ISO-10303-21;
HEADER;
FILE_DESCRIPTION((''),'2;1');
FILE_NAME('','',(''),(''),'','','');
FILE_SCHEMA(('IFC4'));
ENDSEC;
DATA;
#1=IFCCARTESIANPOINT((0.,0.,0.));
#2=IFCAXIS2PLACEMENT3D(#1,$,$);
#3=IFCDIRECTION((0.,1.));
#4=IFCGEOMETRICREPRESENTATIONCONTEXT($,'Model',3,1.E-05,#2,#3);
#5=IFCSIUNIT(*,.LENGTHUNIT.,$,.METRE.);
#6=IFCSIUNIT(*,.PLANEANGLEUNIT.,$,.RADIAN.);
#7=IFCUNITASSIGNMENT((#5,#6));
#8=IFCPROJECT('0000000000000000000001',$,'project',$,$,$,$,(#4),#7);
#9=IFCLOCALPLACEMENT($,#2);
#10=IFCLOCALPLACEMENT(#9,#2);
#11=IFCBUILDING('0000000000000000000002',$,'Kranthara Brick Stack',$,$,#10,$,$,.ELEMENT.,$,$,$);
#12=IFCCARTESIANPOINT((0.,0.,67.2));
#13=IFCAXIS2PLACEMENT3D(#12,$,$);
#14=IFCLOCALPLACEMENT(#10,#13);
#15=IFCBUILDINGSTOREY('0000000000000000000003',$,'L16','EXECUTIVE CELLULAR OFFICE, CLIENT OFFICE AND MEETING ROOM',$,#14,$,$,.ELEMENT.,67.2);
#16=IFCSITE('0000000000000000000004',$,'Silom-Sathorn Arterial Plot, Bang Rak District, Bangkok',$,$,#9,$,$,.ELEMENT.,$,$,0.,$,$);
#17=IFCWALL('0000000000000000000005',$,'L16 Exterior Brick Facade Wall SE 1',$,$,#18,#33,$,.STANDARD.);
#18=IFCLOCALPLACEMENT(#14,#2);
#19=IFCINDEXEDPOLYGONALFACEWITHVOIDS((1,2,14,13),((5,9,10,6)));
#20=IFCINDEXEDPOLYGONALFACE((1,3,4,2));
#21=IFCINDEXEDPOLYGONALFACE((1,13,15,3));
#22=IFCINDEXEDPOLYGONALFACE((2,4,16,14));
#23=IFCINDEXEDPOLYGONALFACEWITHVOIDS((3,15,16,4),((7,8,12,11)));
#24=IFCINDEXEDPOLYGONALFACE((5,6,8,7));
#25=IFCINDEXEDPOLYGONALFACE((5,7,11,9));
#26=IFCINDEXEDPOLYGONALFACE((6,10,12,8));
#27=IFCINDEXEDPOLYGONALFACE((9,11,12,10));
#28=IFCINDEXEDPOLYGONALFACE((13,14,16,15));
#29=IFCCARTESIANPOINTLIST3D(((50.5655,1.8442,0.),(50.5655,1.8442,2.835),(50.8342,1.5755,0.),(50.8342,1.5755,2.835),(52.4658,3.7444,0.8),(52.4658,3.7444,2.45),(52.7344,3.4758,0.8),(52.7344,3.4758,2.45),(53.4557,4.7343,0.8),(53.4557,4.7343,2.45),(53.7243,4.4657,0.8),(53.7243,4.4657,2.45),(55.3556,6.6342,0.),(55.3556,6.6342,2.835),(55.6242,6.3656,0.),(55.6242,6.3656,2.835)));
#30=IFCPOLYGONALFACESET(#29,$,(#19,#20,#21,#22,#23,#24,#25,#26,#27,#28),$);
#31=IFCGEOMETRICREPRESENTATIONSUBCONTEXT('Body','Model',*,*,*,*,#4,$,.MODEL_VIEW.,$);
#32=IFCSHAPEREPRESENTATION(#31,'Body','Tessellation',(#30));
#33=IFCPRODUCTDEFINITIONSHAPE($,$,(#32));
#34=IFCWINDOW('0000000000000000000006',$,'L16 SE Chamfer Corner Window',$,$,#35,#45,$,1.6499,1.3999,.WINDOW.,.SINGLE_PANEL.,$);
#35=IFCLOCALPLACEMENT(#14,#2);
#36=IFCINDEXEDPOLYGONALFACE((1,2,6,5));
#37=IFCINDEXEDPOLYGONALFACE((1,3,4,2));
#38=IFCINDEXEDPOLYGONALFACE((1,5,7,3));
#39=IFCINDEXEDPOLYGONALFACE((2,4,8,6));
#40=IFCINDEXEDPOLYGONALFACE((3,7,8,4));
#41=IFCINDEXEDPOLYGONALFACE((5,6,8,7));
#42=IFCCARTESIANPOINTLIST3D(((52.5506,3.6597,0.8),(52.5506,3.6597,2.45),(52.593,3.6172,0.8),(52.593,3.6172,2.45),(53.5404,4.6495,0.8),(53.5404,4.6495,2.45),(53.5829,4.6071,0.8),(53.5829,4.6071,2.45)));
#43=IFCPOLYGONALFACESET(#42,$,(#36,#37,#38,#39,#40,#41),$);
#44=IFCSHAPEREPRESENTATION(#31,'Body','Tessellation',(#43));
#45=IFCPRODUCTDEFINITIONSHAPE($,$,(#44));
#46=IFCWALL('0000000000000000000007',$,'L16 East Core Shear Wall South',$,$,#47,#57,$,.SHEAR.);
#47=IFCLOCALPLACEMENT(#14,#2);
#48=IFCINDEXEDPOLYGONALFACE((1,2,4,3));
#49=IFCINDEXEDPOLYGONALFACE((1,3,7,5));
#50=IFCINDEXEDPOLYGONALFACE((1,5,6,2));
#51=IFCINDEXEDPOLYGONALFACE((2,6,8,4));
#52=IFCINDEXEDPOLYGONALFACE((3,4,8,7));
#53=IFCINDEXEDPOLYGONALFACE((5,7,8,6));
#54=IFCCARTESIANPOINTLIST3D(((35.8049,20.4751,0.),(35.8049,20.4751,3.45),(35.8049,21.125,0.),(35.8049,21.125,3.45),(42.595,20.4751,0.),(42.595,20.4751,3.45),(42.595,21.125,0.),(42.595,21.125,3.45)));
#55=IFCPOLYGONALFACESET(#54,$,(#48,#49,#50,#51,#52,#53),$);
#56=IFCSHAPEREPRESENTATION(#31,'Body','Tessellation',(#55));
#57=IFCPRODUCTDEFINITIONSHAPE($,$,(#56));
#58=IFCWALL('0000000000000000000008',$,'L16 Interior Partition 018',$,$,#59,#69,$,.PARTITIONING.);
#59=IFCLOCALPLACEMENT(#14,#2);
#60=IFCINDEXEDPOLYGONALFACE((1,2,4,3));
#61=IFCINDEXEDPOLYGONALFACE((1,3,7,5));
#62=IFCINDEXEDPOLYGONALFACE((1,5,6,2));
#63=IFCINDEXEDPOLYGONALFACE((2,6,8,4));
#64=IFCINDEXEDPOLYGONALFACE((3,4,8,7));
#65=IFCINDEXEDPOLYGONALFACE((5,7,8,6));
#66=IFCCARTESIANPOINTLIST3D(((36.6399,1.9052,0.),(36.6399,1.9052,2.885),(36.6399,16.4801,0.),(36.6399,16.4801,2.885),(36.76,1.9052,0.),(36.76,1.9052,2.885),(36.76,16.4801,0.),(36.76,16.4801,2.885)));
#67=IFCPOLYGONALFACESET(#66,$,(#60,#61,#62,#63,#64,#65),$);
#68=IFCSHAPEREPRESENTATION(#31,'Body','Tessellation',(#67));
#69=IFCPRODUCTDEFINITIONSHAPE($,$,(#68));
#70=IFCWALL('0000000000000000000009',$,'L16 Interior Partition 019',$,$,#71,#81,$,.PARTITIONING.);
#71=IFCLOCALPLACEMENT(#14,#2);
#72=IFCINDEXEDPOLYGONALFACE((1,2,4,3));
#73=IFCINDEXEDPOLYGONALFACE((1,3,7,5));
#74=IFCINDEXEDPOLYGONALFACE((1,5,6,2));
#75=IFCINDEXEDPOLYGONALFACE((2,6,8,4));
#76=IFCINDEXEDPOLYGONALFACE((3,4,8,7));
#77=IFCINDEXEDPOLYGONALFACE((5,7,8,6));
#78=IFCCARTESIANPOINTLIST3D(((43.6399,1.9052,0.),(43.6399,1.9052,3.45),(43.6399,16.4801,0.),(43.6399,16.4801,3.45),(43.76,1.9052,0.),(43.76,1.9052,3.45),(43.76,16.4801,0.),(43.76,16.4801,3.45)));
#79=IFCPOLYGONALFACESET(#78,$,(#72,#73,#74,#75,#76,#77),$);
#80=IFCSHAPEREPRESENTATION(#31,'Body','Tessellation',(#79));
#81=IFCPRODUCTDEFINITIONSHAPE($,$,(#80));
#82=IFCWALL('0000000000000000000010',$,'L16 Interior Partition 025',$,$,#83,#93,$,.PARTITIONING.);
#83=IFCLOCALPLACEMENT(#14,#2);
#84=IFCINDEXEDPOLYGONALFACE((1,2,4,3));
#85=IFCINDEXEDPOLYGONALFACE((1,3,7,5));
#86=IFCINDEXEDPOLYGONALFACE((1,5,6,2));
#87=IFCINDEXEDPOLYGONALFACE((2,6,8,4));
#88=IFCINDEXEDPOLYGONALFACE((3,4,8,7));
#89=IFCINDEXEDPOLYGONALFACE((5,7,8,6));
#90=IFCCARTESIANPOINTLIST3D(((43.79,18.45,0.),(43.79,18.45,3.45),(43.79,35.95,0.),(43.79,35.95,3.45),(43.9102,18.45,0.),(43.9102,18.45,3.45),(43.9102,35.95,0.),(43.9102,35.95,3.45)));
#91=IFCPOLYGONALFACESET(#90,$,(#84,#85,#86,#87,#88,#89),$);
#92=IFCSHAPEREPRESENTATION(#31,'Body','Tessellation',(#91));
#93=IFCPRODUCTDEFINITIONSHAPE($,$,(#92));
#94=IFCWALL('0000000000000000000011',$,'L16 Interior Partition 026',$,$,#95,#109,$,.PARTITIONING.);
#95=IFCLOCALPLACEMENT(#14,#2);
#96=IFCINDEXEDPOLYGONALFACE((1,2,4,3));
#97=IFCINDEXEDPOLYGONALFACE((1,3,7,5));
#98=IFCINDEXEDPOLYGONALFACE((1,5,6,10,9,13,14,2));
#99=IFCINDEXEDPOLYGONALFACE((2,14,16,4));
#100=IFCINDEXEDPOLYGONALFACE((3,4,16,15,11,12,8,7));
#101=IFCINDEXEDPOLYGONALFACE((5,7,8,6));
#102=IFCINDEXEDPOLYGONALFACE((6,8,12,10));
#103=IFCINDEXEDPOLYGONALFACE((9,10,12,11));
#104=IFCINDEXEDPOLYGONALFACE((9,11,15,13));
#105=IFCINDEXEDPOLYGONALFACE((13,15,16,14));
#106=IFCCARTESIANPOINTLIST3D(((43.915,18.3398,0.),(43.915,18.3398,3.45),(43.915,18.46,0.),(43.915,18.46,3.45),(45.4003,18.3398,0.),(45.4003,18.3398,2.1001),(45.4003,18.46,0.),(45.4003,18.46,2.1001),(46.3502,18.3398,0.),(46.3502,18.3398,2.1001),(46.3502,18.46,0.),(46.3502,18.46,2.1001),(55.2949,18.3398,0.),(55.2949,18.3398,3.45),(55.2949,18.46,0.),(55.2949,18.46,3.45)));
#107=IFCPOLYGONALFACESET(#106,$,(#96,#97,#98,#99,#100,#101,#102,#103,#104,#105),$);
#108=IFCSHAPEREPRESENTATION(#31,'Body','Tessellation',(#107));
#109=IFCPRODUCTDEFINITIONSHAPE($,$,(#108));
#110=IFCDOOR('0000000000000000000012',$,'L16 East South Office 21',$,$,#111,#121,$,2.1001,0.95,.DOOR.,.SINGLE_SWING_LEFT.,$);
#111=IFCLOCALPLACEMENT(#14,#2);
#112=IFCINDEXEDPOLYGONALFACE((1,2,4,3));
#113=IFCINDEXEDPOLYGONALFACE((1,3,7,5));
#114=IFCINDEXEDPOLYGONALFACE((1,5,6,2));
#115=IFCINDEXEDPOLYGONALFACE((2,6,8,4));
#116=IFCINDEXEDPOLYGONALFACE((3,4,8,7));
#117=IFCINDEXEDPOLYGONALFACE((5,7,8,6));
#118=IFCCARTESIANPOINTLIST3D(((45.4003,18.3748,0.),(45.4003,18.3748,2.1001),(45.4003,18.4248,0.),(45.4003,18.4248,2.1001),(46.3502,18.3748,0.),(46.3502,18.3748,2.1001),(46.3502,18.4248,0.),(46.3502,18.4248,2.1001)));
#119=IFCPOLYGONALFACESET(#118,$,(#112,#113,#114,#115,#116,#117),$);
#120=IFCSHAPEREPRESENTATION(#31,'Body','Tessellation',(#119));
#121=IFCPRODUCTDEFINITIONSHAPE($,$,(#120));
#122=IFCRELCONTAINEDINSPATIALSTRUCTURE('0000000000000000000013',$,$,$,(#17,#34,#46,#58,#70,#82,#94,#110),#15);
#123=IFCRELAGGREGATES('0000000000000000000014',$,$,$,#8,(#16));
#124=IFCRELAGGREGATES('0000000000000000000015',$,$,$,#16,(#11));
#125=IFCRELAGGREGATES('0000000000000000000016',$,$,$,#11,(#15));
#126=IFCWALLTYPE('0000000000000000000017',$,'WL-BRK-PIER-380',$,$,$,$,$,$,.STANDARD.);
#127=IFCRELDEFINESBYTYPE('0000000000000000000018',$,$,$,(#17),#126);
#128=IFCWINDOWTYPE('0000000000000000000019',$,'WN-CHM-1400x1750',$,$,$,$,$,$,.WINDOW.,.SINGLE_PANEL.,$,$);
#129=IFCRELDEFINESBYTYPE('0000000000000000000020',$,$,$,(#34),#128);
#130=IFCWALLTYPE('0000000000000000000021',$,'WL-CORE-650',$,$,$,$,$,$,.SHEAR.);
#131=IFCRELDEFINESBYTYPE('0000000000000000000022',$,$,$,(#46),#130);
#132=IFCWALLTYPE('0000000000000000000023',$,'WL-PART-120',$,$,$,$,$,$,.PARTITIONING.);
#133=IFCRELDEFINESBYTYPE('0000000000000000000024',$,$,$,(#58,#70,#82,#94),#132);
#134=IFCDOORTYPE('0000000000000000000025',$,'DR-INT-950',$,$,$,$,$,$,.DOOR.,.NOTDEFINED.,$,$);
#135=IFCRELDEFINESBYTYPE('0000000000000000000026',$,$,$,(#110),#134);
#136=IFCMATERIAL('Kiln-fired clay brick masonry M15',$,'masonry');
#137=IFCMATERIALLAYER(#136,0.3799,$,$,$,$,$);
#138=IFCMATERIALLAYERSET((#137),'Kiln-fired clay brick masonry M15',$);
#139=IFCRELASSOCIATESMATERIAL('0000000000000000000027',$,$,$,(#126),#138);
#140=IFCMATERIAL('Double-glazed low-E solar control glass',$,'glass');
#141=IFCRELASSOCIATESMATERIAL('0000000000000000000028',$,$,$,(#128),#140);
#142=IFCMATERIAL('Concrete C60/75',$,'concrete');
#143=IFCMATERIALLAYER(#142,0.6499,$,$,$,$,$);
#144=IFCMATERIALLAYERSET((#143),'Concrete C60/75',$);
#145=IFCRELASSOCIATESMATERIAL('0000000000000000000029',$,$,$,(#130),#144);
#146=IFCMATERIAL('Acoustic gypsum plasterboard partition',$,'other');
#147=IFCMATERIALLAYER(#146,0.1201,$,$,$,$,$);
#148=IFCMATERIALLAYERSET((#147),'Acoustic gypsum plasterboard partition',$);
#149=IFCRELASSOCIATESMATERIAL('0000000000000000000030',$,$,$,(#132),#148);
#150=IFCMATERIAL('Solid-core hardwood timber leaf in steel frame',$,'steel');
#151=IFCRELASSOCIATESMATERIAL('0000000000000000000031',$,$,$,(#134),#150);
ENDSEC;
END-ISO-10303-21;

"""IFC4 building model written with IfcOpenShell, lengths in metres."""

from ifc_helpers import new_model, si_unit, direction, frame, frame_2d, origin, place, context, subcontext, project, spatial, rectangle, extrude, material, layer, layer_set, type_object, element, fill, save


model = new_model("IFC4")

# Units and contexts
model_context = context("Model", 3, precision=1e-05, world=origin(), true_north=direction((0.0, 1.0)))
body_context = subcontext(model_context, "Body", "Model", "MODEL_VIEW")
ifc_project = project(units=[si_unit("LENGTHUNIT", "METRE"), si_unit("PLANEANGLEUNIT", "RADIAN")], contexts=[model_context])

# Site, building, storey
site_placement = place(None, origin())
site = spatial("IfcSite", under=ifc_project, at=site_placement, Name="Silom-Sathorn Arterial Plot, Bang Rak District, Bangkok", CompositionType="ELEMENT", RefElevation=0.0)
building_placement = place(site_placement, origin())
building = spatial("IfcBuilding", under=site, at=building_placement, Name="Kranthara Brick Stack", CompositionType="ELEMENT")
storey_placement = place(building_placement, frame((0.0, 0.0, 67.2)))
storey = spatial("IfcBuildingStorey", under=building, at=storey_placement, Name="L16", Description="EXECUTIVE CELLULAR OFFICE, CLIENT OFFICE AND MEETING ROOM", CompositionType="ELEMENT", Elevation=67.2)

# Shared definitions
ifc_material_1 = material(Name="Kiln-fired clay brick masonry M15", Category="masonry")
ifc_layer_1 = layer(ifc_material_1, 0.3799)
ifc_layer_set_1 = layer_set([ifc_layer_1], Name="Kiln-fired clay brick masonry M15")
wall_type_1 = type_object("IfcWallType", Name="WL-BRK-PIER-380", PredefinedType="STANDARD", material=ifc_layer_set_1)

# Wall, opening, window
wall_1_placement = place(storey_placement, frame((55.49, 6.5, 0.0), z_axis=(0.0, 0.0, 1.0), x_axis=(-0.707107, -0.707107, 0.0)))
wall_1 = element("IfcWall", 1, at=wall_1_placement, inside=storey, type_object=wall_type_1, Name="L16 Exterior Brick Facade Wall SE 1", PredefinedType="STANDARD", context=body_context, shape_type="SweptSolid", body=[
    extrude(rectangle(XDim=6.7742, YDim=0.3799, at=frame_2d((3.3872, 0.0))), origin(), (0.0, 0.0, 1.0), 2.835),
])
opening_1_placement = place(wall_1_placement, frame((2.687, 0.0, 0.8)))
opening_1 = element("IfcOpeningElement", 2, at=opening_1_placement, cuts=wall_1, PredefinedType="OPENING", context=body_context, shape_type="SweptSolid", body=[
    extrude(rectangle(XDim=1.3999, YDim=1.6499, at=frame_2d((0.7, 0.825))), frame((0.0, 0.2, 0.0), z_axis=(0.0, -1.0, 0.0), x_axis=(1.0, 0.0, 0.0)), (0.0, 0.0, 1.0), 0.3999),
])
ifc_material_2 = material(Name="Double-glazed low-E solar control glass", Category="glass")
window_type_1 = type_object("IfcWindowType", Name="WN-CHM-1400x1750", PartitioningType="SINGLE_PANEL", PredefinedType="WINDOW", material=ifc_material_2)
window_1_placement = place(opening_1_placement, origin())
window_1 = element("IfcWindow", 3, at=window_1_placement, inside=storey, type_object=window_type_1, Name="L16 SE Chamfer Corner Window", OverallHeight=1.6499, OverallWidth=1.3999, PartitioningType="SINGLE_PANEL", PredefinedType="WINDOW", context=body_context, shape_type="SweptSolid", body=[
    extrude(rectangle(XDim=1.3999, YDim=1.6499, at=frame_2d((0.7, 0.825))), frame((0.0, -0.01, 0.0), z_axis=(0.0, -1.0, 0.0), x_axis=(1.0, 0.0, 0.0)), (0.0, 0.0, 1.0), 0.0601),
])
fill(opening_1, window_1)

# Walls
ifc_material_3 = material(Name="Concrete C60/75", Category="concrete")
ifc_layer_2 = layer(ifc_material_3, 0.6499)
ifc_layer_set_2 = layer_set([ifc_layer_2], Name="Concrete C60/75")
wall_type_2 = type_object("IfcWallType", Name="WL-CORE-650", PredefinedType="SHEAR", material=ifc_layer_set_2)
wall_2_placement = place(storey_placement, frame((35.8049, 20.8, 0.0), z_axis=(0.0, 0.0, 1.0), x_axis=(1.0, 0.0, 0.0)))
element("IfcWall", 4, at=wall_2_placement, inside=storey, type_object=wall_type_2, Name="L16 East Core Shear Wall South", PredefinedType="SHEAR", context=body_context, shape_type="SweptSolid", body=[
    extrude(rectangle(XDim=6.79, YDim=0.6499, at=frame_2d((3.395, 0.0))), origin(), (0.0, 0.0, 1.0), 3.45),
])
ifc_material_4 = material(Name="Acoustic gypsum plasterboard partition", Category="other")
ifc_layer_3 = layer(ifc_material_4, 0.1201)
ifc_layer_set_3 = layer_set([ifc_layer_3], Name="Acoustic gypsum plasterboard partition")
wall_type_3 = type_object("IfcWallType", Name="WL-PART-120", PredefinedType="PARTITIONING", material=ifc_layer_set_3)
wall_3_placement = place(storey_placement, frame((36.7, 1.905, 0.0), z_axis=(0.0, 0.0, 1.0), x_axis=(0.0, 1.0, 0.0)))
element("IfcWall", 5, at=wall_3_placement, inside=storey, type_object=wall_type_3, Name="L16 Interior Partition 018", PredefinedType="PARTITIONING", context=body_context, shape_type="SweptSolid", body=[
    extrude(rectangle(XDim=14.575, YDim=0.1201, at=frame_2d((7.2876, 0.0))), origin(), (0.0, 0.0, 1.0), 2.885),
])
wall_4_placement = place(storey_placement, frame((43.7, 1.905, 0.0), z_axis=(0.0, 0.0, 1.0), x_axis=(0.0, 1.0, 0.0)))
element("IfcWall", 6, at=wall_4_placement, inside=storey, type_object=wall_type_3, Name="L16 Interior Partition 019", PredefinedType="PARTITIONING", context=body_context, shape_type="SweptSolid", body=[
    extrude(rectangle(XDim=14.575, YDim=0.1201, at=frame_2d((7.2876, 0.0))), origin(), (0.0, 0.0, 1.0), 3.45),
])
wall_5_placement = place(storey_placement, frame((43.8501, 18.45, 0.0), z_axis=(0.0, 0.0, 1.0), x_axis=(0.0, 1.0, 0.0)))
element("IfcWall", 7, at=wall_5_placement, inside=storey, type_object=wall_type_3, Name="L16 Interior Partition 025", PredefinedType="PARTITIONING", context=body_context, shape_type="SweptSolid", body=[
    extrude(rectangle(XDim=17.5, YDim=0.1201, at=frame_2d((8.75, 0.0))), origin(), (0.0, 0.0, 1.0), 3.45),
])

# Wall, opening, door
wall_6_placement = place(storey_placement, frame((43.915, 18.3999, 0.0), z_axis=(0.0, 0.0, 1.0), x_axis=(1.0, 0.0, 0.0)))
wall_6 = element("IfcWall", 8, at=wall_6_placement, inside=storey, type_object=wall_type_3, Name="L16 Interior Partition 026", PredefinedType="PARTITIONING", context=body_context, shape_type="SweptSolid", body=[
    extrude(rectangle(XDim=11.3799, YDim=0.1201, at=frame_2d((5.6899, 0.0))), origin(), (0.0, 0.0, 1.0), 3.45),
])
opening_2_placement = place(wall_6_placement, frame((1.4851, 0.0, 0.0)))
opening_2 = element("IfcOpeningElement", 9, at=opening_2_placement, cuts=wall_6, PredefinedType="OPENING", context=body_context, shape_type="SweptSolid", body=[
    extrude(rectangle(XDim=0.95, YDim=2.1001, at=frame_2d((0.4751, 1.05))), frame((0.0, 0.0701, 0.0), z_axis=(0.0, -1.0, 0.0), x_axis=(1.0, 0.0, 0.0)), (0.0, 0.0, 1.0), 0.1401),
])
ifc_material_5 = material(Name="Solid-core hardwood timber leaf in steel frame", Category="steel")
door_type_1 = type_object("IfcDoorType", Name="DR-INT-950", OperationType="NOTDEFINED", PredefinedType="DOOR", material=ifc_material_5)
door_1_placement = place(opening_2_placement, origin())
door_1 = element("IfcDoor", 10, at=door_1_placement, inside=storey, type_object=door_type_1, Name="L16 East South Office 21", OperationType="SINGLE_SWING_LEFT", OverallHeight=2.1001, OverallWidth=0.95, PredefinedType="DOOR", context=body_context, shape_type="SweptSolid", body=[
    extrude(rectangle(XDim=0.95, YDim=2.1001, at=frame_2d((0.4751, 1.05))), frame((0.0, 0.0249, 0.0), z_axis=(0.0, -1.0, 0.0), x_axis=(1.0, 0.0, 0.0)), (0.0, 0.0, 1.0), 0.05),
])
fill(opening_2, door_1)

save(model, "model.ifc")
